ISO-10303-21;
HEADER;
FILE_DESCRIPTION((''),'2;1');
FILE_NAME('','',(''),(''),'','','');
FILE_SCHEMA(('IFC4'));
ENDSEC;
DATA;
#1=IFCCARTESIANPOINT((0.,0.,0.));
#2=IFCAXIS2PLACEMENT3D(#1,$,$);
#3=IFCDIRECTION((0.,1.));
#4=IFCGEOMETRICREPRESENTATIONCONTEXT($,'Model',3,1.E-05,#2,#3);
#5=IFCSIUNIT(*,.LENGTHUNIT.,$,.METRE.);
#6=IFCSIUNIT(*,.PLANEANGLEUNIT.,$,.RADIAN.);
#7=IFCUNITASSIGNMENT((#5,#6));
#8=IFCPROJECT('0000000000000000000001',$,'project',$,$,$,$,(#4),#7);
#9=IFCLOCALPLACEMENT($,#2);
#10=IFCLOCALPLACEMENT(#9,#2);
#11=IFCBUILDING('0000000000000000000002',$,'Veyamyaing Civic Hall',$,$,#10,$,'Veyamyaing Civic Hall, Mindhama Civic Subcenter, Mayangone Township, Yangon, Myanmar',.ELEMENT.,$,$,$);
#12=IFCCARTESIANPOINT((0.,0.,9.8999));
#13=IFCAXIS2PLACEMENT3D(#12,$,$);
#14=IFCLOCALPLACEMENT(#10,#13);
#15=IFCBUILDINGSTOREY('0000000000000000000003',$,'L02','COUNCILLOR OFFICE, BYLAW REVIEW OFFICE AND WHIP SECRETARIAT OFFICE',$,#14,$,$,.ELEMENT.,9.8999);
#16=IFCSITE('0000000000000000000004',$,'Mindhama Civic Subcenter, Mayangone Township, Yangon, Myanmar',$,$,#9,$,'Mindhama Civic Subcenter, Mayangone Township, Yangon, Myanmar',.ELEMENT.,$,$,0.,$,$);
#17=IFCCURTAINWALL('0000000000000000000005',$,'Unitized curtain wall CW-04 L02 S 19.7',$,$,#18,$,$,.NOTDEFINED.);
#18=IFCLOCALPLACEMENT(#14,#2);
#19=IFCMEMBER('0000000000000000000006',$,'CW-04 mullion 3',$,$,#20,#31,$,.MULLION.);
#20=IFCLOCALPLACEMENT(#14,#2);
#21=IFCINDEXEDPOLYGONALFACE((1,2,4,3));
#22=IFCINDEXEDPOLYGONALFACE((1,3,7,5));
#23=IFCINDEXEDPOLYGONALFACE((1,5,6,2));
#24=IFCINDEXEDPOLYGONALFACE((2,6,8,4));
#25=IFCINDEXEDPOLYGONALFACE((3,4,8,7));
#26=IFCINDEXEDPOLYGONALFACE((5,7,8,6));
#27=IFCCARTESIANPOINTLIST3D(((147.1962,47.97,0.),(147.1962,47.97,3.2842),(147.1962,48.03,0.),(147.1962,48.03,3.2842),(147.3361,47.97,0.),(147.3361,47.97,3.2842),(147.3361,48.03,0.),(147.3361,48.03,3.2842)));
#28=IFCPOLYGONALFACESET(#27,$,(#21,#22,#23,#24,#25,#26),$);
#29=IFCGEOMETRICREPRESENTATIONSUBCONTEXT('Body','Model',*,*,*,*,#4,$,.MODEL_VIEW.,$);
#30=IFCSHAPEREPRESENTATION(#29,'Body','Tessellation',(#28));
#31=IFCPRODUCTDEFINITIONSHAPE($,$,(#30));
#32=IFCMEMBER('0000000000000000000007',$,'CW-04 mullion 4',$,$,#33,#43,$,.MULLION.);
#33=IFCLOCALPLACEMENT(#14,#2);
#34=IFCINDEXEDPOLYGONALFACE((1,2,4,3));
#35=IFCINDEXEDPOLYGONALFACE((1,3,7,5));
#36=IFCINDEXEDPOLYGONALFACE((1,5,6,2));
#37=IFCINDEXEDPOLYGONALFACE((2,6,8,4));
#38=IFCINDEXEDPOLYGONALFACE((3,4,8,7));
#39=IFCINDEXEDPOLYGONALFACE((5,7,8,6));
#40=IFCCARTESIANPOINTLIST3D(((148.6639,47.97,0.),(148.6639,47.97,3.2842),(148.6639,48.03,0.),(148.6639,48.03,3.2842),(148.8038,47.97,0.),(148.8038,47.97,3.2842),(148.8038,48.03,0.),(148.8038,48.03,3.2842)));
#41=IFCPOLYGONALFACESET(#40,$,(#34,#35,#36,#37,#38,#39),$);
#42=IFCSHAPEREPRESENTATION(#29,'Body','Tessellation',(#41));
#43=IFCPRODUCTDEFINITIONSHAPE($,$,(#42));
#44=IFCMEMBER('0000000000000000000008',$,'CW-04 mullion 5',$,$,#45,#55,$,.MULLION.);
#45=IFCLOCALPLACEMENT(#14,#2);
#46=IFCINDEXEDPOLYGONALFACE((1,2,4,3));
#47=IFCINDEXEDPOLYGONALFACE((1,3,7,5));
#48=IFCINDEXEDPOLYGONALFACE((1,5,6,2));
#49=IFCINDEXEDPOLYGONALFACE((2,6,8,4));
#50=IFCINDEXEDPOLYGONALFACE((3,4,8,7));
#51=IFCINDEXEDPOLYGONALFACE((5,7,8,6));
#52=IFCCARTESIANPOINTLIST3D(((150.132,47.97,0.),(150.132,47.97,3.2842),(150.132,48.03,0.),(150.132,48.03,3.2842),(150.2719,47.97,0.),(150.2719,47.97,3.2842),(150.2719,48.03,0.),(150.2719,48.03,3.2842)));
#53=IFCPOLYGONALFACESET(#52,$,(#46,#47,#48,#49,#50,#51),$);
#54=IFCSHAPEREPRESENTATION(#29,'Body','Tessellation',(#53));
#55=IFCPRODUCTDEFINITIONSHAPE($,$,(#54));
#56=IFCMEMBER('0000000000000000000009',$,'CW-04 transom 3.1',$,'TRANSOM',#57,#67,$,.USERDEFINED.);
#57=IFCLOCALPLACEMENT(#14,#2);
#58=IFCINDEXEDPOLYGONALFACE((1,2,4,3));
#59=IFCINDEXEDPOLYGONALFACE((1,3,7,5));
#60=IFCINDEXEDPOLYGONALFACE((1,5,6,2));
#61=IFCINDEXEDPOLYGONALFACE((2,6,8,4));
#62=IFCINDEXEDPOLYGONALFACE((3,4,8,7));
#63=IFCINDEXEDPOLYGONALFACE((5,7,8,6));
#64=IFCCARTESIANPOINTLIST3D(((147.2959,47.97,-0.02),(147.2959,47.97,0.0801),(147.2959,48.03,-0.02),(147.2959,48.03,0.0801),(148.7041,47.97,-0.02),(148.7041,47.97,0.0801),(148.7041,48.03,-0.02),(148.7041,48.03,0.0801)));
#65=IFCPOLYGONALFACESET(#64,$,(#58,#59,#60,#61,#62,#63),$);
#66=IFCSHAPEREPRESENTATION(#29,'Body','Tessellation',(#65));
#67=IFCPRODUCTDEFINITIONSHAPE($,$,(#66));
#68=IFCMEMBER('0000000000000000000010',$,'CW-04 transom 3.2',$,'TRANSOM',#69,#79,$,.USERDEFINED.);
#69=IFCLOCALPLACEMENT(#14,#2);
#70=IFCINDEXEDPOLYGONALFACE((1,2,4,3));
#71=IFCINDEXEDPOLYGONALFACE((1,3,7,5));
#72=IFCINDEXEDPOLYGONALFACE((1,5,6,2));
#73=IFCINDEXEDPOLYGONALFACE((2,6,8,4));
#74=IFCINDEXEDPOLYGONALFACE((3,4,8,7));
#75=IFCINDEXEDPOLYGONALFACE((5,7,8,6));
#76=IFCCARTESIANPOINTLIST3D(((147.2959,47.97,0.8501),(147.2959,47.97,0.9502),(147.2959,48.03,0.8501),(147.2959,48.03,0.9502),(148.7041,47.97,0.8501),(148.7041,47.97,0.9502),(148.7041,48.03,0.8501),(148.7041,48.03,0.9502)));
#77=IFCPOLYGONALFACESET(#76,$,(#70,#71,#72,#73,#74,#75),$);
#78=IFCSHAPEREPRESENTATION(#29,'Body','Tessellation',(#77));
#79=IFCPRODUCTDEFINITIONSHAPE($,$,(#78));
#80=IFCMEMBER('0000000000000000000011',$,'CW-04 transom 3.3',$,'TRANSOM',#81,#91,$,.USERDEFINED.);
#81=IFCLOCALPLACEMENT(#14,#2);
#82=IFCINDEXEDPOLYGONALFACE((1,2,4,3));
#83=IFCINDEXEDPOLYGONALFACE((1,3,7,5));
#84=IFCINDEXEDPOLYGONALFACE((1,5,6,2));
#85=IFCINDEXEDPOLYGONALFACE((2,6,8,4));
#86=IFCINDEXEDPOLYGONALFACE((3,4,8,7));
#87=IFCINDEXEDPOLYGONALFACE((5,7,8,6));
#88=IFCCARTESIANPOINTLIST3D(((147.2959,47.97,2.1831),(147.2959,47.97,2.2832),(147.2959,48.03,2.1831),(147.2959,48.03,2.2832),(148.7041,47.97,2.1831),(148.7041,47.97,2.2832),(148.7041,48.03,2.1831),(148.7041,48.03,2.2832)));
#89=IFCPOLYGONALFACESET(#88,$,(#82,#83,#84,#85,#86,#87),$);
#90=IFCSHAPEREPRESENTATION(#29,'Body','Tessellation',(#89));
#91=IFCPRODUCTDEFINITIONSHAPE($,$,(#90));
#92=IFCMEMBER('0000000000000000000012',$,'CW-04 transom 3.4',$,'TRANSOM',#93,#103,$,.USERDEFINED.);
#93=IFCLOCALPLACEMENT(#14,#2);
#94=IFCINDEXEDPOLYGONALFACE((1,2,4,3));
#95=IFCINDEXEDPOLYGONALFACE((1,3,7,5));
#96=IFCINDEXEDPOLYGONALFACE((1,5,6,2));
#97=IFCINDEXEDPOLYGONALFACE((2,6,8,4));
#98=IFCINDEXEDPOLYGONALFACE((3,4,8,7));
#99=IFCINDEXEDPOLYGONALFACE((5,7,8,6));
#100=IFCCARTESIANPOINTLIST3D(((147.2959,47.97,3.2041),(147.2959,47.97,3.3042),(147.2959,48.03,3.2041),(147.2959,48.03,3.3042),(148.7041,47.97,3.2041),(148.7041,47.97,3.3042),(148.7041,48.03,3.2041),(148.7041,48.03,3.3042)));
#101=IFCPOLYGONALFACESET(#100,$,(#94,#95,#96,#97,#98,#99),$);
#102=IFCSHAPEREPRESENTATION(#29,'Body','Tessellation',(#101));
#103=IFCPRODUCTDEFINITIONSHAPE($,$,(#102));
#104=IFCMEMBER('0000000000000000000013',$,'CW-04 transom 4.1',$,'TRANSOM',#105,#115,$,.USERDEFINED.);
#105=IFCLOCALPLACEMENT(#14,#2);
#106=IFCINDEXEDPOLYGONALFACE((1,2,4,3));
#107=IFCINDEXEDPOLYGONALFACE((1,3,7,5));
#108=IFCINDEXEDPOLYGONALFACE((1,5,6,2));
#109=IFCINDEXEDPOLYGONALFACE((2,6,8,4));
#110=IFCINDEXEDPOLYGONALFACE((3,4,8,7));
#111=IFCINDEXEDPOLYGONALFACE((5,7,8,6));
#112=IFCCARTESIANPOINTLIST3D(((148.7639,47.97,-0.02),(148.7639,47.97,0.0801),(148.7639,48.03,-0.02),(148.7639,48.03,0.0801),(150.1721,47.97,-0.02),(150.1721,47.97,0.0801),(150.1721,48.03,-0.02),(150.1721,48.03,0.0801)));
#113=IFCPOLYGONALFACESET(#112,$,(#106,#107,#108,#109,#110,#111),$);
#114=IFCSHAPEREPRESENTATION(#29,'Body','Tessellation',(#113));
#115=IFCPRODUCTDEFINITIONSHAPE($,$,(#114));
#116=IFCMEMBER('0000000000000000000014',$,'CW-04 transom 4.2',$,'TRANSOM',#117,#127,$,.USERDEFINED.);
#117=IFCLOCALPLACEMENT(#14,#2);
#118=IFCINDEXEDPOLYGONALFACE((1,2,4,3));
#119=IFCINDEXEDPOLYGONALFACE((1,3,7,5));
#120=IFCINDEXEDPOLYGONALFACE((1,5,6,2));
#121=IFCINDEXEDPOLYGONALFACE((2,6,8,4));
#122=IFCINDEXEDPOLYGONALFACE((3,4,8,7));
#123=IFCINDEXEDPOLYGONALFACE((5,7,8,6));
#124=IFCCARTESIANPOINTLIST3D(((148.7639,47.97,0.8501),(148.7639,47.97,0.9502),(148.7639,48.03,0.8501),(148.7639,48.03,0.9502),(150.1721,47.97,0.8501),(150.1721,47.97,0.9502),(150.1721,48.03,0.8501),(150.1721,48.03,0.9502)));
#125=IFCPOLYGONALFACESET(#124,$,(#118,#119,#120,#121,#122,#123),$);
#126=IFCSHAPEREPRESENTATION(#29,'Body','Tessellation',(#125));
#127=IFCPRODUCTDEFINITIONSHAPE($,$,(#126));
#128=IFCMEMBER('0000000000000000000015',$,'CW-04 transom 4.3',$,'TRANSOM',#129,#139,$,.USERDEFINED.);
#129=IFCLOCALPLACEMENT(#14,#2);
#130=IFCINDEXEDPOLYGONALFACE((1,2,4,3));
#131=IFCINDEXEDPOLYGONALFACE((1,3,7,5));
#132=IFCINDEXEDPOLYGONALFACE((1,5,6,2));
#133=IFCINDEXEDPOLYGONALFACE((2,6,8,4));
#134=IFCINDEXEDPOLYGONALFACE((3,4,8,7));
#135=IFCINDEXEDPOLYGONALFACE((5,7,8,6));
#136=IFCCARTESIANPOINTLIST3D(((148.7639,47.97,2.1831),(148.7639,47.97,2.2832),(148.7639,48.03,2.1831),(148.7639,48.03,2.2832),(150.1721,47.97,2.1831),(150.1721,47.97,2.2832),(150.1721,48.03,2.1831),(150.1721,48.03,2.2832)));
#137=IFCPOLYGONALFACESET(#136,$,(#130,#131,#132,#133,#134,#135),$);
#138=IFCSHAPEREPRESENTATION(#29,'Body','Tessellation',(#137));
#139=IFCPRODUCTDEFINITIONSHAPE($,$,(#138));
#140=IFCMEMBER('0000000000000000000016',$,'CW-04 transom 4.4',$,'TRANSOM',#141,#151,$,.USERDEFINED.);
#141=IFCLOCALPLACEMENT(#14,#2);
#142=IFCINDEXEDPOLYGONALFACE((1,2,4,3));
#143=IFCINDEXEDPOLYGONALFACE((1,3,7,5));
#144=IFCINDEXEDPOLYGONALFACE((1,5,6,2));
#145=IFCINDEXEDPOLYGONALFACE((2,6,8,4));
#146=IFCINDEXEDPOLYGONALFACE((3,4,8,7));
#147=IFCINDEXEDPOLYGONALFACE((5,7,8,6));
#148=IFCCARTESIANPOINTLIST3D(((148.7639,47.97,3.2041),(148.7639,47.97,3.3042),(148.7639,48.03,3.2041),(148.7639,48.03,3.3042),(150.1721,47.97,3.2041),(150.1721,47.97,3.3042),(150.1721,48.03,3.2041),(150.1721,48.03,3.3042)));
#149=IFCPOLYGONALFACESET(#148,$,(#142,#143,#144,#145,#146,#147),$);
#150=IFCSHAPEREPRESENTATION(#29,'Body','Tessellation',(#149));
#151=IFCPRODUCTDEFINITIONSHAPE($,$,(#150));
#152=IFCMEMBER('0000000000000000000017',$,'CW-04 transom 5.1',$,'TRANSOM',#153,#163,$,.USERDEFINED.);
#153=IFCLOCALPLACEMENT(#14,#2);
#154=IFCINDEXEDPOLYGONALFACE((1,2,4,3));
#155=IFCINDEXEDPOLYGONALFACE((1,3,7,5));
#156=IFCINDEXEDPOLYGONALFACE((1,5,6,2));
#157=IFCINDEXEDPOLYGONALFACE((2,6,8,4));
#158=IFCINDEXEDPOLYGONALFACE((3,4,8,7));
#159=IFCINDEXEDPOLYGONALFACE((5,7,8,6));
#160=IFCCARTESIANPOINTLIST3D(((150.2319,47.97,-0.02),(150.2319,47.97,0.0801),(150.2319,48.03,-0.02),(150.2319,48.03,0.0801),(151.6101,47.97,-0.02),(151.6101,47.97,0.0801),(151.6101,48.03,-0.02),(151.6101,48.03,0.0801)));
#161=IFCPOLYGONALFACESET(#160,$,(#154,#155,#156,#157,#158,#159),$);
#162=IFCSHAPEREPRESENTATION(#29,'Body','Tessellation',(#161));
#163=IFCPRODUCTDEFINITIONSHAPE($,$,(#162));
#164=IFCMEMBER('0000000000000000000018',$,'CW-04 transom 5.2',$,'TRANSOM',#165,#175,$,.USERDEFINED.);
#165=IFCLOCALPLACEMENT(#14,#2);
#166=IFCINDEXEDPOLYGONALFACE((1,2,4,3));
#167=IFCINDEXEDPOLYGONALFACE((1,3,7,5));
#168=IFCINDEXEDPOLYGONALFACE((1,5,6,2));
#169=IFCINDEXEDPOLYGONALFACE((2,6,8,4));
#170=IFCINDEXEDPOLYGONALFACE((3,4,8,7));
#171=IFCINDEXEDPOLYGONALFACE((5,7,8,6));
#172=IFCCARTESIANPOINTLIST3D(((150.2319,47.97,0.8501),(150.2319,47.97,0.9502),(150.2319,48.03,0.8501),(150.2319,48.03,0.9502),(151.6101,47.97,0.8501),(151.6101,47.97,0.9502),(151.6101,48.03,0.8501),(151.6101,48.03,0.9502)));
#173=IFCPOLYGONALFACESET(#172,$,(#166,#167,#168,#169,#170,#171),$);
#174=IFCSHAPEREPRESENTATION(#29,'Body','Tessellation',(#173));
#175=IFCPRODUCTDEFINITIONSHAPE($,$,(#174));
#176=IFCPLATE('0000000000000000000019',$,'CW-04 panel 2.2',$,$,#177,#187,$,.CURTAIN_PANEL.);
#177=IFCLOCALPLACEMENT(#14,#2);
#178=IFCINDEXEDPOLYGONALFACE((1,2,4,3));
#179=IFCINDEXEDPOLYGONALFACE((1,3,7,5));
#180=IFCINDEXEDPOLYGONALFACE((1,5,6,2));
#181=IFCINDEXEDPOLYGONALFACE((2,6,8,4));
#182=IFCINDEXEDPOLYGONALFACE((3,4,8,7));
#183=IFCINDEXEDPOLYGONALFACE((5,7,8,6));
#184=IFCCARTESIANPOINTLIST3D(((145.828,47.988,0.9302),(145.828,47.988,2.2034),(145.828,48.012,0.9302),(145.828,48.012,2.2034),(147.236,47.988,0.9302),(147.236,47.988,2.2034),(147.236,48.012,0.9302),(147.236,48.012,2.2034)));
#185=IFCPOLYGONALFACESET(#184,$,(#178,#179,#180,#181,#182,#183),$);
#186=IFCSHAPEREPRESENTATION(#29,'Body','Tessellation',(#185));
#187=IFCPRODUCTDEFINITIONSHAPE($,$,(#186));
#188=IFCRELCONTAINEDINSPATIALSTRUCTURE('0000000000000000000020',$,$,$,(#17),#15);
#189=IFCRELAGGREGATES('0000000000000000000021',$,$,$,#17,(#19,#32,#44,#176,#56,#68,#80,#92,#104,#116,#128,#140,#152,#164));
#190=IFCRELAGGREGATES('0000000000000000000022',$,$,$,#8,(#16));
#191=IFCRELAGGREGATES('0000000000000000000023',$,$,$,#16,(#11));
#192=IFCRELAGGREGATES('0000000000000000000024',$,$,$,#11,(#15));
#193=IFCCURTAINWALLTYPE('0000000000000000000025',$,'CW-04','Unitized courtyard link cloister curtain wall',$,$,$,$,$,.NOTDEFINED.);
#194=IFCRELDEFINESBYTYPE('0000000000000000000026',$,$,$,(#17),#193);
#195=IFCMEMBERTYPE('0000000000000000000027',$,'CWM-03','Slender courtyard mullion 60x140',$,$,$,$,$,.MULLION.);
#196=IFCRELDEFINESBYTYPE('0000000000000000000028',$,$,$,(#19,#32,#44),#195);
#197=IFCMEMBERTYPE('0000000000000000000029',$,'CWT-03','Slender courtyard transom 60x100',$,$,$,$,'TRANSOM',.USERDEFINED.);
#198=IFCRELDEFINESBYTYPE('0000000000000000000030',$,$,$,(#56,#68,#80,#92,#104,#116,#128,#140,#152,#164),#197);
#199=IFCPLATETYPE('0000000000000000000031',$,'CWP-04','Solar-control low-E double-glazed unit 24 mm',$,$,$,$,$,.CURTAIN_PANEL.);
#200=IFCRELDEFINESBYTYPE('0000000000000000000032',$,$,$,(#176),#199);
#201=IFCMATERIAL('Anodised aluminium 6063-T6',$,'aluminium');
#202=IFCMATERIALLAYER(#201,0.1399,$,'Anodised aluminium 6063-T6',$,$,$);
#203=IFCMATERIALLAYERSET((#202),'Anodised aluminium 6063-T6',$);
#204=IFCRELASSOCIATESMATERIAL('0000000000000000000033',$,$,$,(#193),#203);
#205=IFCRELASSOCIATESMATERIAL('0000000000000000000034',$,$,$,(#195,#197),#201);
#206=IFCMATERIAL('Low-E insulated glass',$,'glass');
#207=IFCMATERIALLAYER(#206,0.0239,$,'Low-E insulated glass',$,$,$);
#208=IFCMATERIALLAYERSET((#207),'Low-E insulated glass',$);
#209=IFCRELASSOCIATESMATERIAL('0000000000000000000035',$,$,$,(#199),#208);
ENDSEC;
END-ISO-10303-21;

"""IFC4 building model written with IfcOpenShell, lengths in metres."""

from ifc_helpers import new_model, si_unit, direction, frame, origin, origin_2d, place, context, subcontext, project, spatial, rectangle, extrude, material, layer, layer_set, material_profile, profile_set, type_object, element, aggregate, save


model = new_model("IFC4")

# Units and contexts
model_context = context("Model", 3, precision=1e-05, world=origin(), true_north=direction((0.0, 1.0)))
body_context = subcontext(model_context, "Body", "Model", "MODEL_VIEW")
ifc_project = project(units=[si_unit("LENGTHUNIT", "METRE"), si_unit("PLANEANGLEUNIT", "RADIAN")], contexts=[model_context])

# Site, building, storey
site_placement = place(None, origin())
site = spatial("IfcSite", under=ifc_project, at=site_placement, Name="Mindhama Civic Subcenter, Mayangone Township, Yangon, Myanmar", LongName="Mindhama Civic Subcenter, Mayangone Township, Yangon, Myanmar", CompositionType="ELEMENT", RefElevation=0.0)
building_placement = place(site_placement, origin())
building = spatial("IfcBuilding", under=site, at=building_placement, Name="Veyamyaing Civic Hall", LongName="Veyamyaing Civic Hall, Mindhama Civic Subcenter, Mayangone Township, Yangon, Myanmar", CompositionType="ELEMENT")
storey_placement = place(building_placement, frame((0.0, 0.0, 9.8999)))
storey = spatial("IfcBuildingStorey", under=building, at=storey_placement, Name="L02", Description="COUNCILLOR OFFICE, BYLAW REVIEW OFFICE AND WHIP SECRETARIAT OFFICE", CompositionType="ELEMENT", Elevation=9.8999)

# Curtain wall, members, plate
ifc_material_1 = material(Name="Anodised aluminium 6063-T6", Category="aluminium")
ifc_layer_1 = layer(ifc_material_1, 0.1399, Name="Anodised aluminium 6063-T6")
ifc_layer_set_1 = layer_set([ifc_layer_1], Name="Anodised aluminium 6063-T6")
curtain_wall_type = type_object("IfcCurtainWallType", Name="CW-04", Description="Unitized courtyard link cloister curtain wall", PredefinedType="NOTDEFINED", material=ifc_layer_set_1)
curtain_wall_placement = place(storey_placement, origin())
curtain_wall = element("IfcCurtainWall", 1, at=curtain_wall_placement, inside=storey, type_object=curtain_wall_type, Name="Unitized curtain wall CW-04 L02 S 19.7", PredefinedType="NOTDEFINED")
ifc_material_profile_1 = material_profile(ifc_material_1, rectangle(XDim=0.0601, YDim=0.1399, at=origin_2d()), Name="ALU-MUL-60X140")
ifc_profile_set_1 = profile_set([ifc_material_profile_1], Name="Anodised aluminium 6063-T6")
member_type_1 = type_object("IfcMemberType", Name="CWM-03", Description="Slender courtyard mullion 60x140", PredefinedType="MULLION", material=ifc_profile_set_1)
member_1_placement = place(storey_placement, frame((147.2661, 48.0, 0.0), z_axis=(0.0, 0.0, 1.0), x_axis=(0.0, 1.0, 0.0)))
member_1 = element("IfcMember", 2, at=member_1_placement, type_object=member_type_1, Name="CW-04 mullion 3", PredefinedType="MULLION", context=body_context, shape_type="SweptSolid", body=[
    extrude(rectangle(XDim=0.0601, YDim=0.1399, at=origin_2d()), origin(), (0.0, 0.0, 1.0), 3.2842),
])
member_2_placement = place(storey_placement, frame((148.7339, 48.0, 0.0), z_axis=(0.0, 0.0, 1.0), x_axis=(0.0, 1.0, 0.0)))
member_2 = element("IfcMember", 3, at=member_2_placement, type_object=member_type_1, Name="CW-04 mullion 4", PredefinedType="MULLION", context=body_context, shape_type="SweptSolid", body=[
    extrude(rectangle(XDim=0.0601, YDim=0.1399, at=origin_2d()), origin(), (0.0, 0.0, 1.0), 3.2842),
])
member_3_placement = place(storey_placement, frame((150.2019, 48.0, 0.0), z_axis=(0.0, 0.0, 1.0), x_axis=(0.0, 1.0, 0.0)))
member_3 = element("IfcMember", 4, at=member_3_placement, type_object=member_type_1, Name="CW-04 mullion 5", PredefinedType="MULLION", context=body_context, shape_type="SweptSolid", body=[
    extrude(rectangle(XDim=0.0601, YDim=0.1399, at=origin_2d()), origin(), (0.0, 0.0, 1.0), 3.2842),
])
ifc_material_profile_2 = material_profile(ifc_material_1, rectangle(XDim=0.0601, YDim=0.1001, at=origin_2d()), Name="ALU-TRN-60X100")
ifc_profile_set_2 = profile_set([ifc_material_profile_2], Name="Anodised aluminium 6063-T6")
member_type_2 = type_object("IfcMemberType", Name="CWT-03", Description="Slender courtyard transom 60x100", ElementType="TRANSOM", PredefinedType="USERDEFINED", material=ifc_profile_set_2)
member_4_placement = place(storey_placement, frame((147.2959, 48.0, 0.03), z_axis=(1.0, 0.0, 0.0), x_axis=(0.0, 1.0, 0.0)))
member_4 = element("IfcMember", 5, at=member_4_placement, type_object=member_type_2, Name="CW-04 transom 3.1", ObjectType="TRANSOM", PredefinedType="USERDEFINED", context=body_context, shape_type="SweptSolid", body=[
    extrude(rectangle(XDim=0.0601, YDim=0.1001, at=origin_2d()), origin(), (0.0, 0.0, 1.0), 1.4082),
])
member_5_placement = place(storey_placement, frame((147.2959, 48.0, 0.9001), z_axis=(1.0, 0.0, 0.0), x_axis=(0.0, 1.0, 0.0)))
member_5 = element("IfcMember", 6, at=member_5_placement, type_object=member_type_2, Name="CW-04 transom 3.2", ObjectType="TRANSOM", PredefinedType="USERDEFINED", context=body_context, shape_type="SweptSolid", body=[
    extrude(rectangle(XDim=0.0601, YDim=0.1001, at=origin_2d()), origin(), (0.0, 0.0, 1.0), 1.4082),
])
member_6_placement = place(storey_placement, frame((147.2959, 48.0, 2.2332), z_axis=(1.0, 0.0, 0.0), x_axis=(0.0, 1.0, 0.0)))
member_6 = element("IfcMember", 7, at=member_6_placement, type_object=member_type_2, Name="CW-04 transom 3.3", ObjectType="TRANSOM", PredefinedType="USERDEFINED", context=body_context, shape_type="SweptSolid", body=[
    extrude(rectangle(XDim=0.0601, YDim=0.1001, at=origin_2d()), origin(), (0.0, 0.0, 1.0), 1.4082),
])
member_7_placement = place(storey_placement, frame((147.2959, 48.0, 3.2542), z_axis=(1.0, 0.0, 0.0), x_axis=(0.0, 1.0, 0.0)))
member_7 = element("IfcMember", 8, at=member_7_placement, type_object=member_type_2, Name="CW-04 transom 3.4", ObjectType="TRANSOM", PredefinedType="USERDEFINED", context=body_context, shape_type="SweptSolid", body=[
    extrude(rectangle(XDim=0.0601, YDim=0.1001, at=origin_2d()), origin(), (0.0, 0.0, 1.0), 1.4082),
])
member_8_placement = place(storey_placement, frame((148.7639, 48.0, 0.03), z_axis=(1.0, 0.0, 0.0), x_axis=(0.0, 1.0, 0.0)))
member_8 = element("IfcMember", 9, at=member_8_placement, type_object=member_type_2, Name="CW-04 transom 4.1", ObjectType="TRANSOM", PredefinedType="USERDEFINED", context=body_context, shape_type="SweptSolid", body=[
    extrude(rectangle(XDim=0.0601, YDim=0.1001, at=origin_2d()), origin(), (0.0, 0.0, 1.0), 1.4082),
])
member_9_placement = place(storey_placement, frame((148.7639, 48.0, 0.9001), z_axis=(1.0, 0.0, 0.0), x_axis=(0.0, 1.0, 0.0)))
member_9 = element("IfcMember", 10, at=member_9_placement, type_object=member_type_2, Name="CW-04 transom 4.2", ObjectType="TRANSOM", PredefinedType="USERDEFINED", context=body_context, shape_type="SweptSolid", body=[
    extrude(rectangle(XDim=0.0601, YDim=0.1001, at=origin_2d()), origin(), (0.0, 0.0, 1.0), 1.4082),
])
member_10_placement = place(storey_placement, frame((148.7639, 48.0, 2.2332), z_axis=(1.0, 0.0, 0.0), x_axis=(0.0, 1.0, 0.0)))
member_10 = element("IfcMember", 11, at=member_10_placement, type_object=member_type_2, Name="CW-04 transom 4.3", ObjectType="TRANSOM", PredefinedType="USERDEFINED", context=body_context, shape_type="SweptSolid", body=[
    extrude(rectangle(XDim=0.0601, YDim=0.1001, at=origin_2d()), origin(), (0.0, 0.0, 1.0), 1.4082),
])
member_11_placement = place(storey_placement, frame((148.7639, 48.0, 3.2542), z_axis=(1.0, 0.0, 0.0), x_axis=(0.0, 1.0, 0.0)))
member_11 = element("IfcMember", 12, at=member_11_placement, type_object=member_type_2, Name="CW-04 transom 4.4", ObjectType="TRANSOM", PredefinedType="USERDEFINED", context=body_context, shape_type="SweptSolid", body=[
    extrude(rectangle(XDim=0.0601, YDim=0.1001, at=origin_2d()), origin(), (0.0, 0.0, 1.0), 1.4082),
])
member_12_placement = place(storey_placement, frame((150.2319, 48.0, 0.03), z_axis=(1.0, 0.0, 0.0), x_axis=(0.0, 1.0, 0.0)))
member_12 = element("IfcMember", 13, at=member_12_placement, type_object=member_type_2, Name="CW-04 transom 5.1", ObjectType="TRANSOM", PredefinedType="USERDEFINED", context=body_context, shape_type="SweptSolid", body=[
    extrude(rectangle(XDim=0.0601, YDim=0.1001, at=origin_2d()), origin(), (0.0, 0.0, 1.0), 1.3782),
])
member_13_placement = place(storey_placement, frame((150.2319, 48.0, 0.9001), z_axis=(1.0, 0.0, 0.0), x_axis=(0.0, 1.0, 0.0)))
member_13 = element("IfcMember", 14, at=member_13_placement, type_object=member_type_2, Name="CW-04 transom 5.2", ObjectType="TRANSOM", PredefinedType="USERDEFINED", context=body_context, shape_type="SweptSolid", body=[
    extrude(rectangle(XDim=0.0601, YDim=0.1001, at=origin_2d()), origin(), (0.0, 0.0, 1.0), 1.3782),
])
ifc_material_2 = material(Name="Low-E insulated glass", Category="glass")
ifc_layer_2 = layer(ifc_material_2, 0.0239, Name="Low-E insulated glass")
ifc_layer_set_2 = layer_set([ifc_layer_2], Name="Low-E insulated glass")
plate_type = type_object("IfcPlateType", Name="CWP-04", Description="Solar-control low-E double-glazed unit 24 mm", PredefinedType="CURTAIN_PANEL", material=ifc_layer_set_2)
plate_1_placement = place(storey_placement, frame((146.532, 48.0, 0.9302), z_axis=(0.0, 0.0, 1.0), x_axis=(1.0, 0.0, 0.0)))
plate_1 = element("IfcPlate", 15, at=plate_1_placement, type_object=plate_type, Name="CW-04 panel 2.2", PredefinedType="CURTAIN_PANEL", context=body_context, shape_type="SweptSolid", body=[
    extrude(rectangle(XDim=1.408, YDim=0.0239, at=origin_2d()), origin(), (0.0, 0.0, 1.0), 1.2732),
])
aggregate(curtain_wall, [member_1, member_2, member_3, plate_1, member_4, member_5, member_6, member_7, member_8, member_9, member_10, member_11, member_12, member_13])

save(model, "model.ifc")
